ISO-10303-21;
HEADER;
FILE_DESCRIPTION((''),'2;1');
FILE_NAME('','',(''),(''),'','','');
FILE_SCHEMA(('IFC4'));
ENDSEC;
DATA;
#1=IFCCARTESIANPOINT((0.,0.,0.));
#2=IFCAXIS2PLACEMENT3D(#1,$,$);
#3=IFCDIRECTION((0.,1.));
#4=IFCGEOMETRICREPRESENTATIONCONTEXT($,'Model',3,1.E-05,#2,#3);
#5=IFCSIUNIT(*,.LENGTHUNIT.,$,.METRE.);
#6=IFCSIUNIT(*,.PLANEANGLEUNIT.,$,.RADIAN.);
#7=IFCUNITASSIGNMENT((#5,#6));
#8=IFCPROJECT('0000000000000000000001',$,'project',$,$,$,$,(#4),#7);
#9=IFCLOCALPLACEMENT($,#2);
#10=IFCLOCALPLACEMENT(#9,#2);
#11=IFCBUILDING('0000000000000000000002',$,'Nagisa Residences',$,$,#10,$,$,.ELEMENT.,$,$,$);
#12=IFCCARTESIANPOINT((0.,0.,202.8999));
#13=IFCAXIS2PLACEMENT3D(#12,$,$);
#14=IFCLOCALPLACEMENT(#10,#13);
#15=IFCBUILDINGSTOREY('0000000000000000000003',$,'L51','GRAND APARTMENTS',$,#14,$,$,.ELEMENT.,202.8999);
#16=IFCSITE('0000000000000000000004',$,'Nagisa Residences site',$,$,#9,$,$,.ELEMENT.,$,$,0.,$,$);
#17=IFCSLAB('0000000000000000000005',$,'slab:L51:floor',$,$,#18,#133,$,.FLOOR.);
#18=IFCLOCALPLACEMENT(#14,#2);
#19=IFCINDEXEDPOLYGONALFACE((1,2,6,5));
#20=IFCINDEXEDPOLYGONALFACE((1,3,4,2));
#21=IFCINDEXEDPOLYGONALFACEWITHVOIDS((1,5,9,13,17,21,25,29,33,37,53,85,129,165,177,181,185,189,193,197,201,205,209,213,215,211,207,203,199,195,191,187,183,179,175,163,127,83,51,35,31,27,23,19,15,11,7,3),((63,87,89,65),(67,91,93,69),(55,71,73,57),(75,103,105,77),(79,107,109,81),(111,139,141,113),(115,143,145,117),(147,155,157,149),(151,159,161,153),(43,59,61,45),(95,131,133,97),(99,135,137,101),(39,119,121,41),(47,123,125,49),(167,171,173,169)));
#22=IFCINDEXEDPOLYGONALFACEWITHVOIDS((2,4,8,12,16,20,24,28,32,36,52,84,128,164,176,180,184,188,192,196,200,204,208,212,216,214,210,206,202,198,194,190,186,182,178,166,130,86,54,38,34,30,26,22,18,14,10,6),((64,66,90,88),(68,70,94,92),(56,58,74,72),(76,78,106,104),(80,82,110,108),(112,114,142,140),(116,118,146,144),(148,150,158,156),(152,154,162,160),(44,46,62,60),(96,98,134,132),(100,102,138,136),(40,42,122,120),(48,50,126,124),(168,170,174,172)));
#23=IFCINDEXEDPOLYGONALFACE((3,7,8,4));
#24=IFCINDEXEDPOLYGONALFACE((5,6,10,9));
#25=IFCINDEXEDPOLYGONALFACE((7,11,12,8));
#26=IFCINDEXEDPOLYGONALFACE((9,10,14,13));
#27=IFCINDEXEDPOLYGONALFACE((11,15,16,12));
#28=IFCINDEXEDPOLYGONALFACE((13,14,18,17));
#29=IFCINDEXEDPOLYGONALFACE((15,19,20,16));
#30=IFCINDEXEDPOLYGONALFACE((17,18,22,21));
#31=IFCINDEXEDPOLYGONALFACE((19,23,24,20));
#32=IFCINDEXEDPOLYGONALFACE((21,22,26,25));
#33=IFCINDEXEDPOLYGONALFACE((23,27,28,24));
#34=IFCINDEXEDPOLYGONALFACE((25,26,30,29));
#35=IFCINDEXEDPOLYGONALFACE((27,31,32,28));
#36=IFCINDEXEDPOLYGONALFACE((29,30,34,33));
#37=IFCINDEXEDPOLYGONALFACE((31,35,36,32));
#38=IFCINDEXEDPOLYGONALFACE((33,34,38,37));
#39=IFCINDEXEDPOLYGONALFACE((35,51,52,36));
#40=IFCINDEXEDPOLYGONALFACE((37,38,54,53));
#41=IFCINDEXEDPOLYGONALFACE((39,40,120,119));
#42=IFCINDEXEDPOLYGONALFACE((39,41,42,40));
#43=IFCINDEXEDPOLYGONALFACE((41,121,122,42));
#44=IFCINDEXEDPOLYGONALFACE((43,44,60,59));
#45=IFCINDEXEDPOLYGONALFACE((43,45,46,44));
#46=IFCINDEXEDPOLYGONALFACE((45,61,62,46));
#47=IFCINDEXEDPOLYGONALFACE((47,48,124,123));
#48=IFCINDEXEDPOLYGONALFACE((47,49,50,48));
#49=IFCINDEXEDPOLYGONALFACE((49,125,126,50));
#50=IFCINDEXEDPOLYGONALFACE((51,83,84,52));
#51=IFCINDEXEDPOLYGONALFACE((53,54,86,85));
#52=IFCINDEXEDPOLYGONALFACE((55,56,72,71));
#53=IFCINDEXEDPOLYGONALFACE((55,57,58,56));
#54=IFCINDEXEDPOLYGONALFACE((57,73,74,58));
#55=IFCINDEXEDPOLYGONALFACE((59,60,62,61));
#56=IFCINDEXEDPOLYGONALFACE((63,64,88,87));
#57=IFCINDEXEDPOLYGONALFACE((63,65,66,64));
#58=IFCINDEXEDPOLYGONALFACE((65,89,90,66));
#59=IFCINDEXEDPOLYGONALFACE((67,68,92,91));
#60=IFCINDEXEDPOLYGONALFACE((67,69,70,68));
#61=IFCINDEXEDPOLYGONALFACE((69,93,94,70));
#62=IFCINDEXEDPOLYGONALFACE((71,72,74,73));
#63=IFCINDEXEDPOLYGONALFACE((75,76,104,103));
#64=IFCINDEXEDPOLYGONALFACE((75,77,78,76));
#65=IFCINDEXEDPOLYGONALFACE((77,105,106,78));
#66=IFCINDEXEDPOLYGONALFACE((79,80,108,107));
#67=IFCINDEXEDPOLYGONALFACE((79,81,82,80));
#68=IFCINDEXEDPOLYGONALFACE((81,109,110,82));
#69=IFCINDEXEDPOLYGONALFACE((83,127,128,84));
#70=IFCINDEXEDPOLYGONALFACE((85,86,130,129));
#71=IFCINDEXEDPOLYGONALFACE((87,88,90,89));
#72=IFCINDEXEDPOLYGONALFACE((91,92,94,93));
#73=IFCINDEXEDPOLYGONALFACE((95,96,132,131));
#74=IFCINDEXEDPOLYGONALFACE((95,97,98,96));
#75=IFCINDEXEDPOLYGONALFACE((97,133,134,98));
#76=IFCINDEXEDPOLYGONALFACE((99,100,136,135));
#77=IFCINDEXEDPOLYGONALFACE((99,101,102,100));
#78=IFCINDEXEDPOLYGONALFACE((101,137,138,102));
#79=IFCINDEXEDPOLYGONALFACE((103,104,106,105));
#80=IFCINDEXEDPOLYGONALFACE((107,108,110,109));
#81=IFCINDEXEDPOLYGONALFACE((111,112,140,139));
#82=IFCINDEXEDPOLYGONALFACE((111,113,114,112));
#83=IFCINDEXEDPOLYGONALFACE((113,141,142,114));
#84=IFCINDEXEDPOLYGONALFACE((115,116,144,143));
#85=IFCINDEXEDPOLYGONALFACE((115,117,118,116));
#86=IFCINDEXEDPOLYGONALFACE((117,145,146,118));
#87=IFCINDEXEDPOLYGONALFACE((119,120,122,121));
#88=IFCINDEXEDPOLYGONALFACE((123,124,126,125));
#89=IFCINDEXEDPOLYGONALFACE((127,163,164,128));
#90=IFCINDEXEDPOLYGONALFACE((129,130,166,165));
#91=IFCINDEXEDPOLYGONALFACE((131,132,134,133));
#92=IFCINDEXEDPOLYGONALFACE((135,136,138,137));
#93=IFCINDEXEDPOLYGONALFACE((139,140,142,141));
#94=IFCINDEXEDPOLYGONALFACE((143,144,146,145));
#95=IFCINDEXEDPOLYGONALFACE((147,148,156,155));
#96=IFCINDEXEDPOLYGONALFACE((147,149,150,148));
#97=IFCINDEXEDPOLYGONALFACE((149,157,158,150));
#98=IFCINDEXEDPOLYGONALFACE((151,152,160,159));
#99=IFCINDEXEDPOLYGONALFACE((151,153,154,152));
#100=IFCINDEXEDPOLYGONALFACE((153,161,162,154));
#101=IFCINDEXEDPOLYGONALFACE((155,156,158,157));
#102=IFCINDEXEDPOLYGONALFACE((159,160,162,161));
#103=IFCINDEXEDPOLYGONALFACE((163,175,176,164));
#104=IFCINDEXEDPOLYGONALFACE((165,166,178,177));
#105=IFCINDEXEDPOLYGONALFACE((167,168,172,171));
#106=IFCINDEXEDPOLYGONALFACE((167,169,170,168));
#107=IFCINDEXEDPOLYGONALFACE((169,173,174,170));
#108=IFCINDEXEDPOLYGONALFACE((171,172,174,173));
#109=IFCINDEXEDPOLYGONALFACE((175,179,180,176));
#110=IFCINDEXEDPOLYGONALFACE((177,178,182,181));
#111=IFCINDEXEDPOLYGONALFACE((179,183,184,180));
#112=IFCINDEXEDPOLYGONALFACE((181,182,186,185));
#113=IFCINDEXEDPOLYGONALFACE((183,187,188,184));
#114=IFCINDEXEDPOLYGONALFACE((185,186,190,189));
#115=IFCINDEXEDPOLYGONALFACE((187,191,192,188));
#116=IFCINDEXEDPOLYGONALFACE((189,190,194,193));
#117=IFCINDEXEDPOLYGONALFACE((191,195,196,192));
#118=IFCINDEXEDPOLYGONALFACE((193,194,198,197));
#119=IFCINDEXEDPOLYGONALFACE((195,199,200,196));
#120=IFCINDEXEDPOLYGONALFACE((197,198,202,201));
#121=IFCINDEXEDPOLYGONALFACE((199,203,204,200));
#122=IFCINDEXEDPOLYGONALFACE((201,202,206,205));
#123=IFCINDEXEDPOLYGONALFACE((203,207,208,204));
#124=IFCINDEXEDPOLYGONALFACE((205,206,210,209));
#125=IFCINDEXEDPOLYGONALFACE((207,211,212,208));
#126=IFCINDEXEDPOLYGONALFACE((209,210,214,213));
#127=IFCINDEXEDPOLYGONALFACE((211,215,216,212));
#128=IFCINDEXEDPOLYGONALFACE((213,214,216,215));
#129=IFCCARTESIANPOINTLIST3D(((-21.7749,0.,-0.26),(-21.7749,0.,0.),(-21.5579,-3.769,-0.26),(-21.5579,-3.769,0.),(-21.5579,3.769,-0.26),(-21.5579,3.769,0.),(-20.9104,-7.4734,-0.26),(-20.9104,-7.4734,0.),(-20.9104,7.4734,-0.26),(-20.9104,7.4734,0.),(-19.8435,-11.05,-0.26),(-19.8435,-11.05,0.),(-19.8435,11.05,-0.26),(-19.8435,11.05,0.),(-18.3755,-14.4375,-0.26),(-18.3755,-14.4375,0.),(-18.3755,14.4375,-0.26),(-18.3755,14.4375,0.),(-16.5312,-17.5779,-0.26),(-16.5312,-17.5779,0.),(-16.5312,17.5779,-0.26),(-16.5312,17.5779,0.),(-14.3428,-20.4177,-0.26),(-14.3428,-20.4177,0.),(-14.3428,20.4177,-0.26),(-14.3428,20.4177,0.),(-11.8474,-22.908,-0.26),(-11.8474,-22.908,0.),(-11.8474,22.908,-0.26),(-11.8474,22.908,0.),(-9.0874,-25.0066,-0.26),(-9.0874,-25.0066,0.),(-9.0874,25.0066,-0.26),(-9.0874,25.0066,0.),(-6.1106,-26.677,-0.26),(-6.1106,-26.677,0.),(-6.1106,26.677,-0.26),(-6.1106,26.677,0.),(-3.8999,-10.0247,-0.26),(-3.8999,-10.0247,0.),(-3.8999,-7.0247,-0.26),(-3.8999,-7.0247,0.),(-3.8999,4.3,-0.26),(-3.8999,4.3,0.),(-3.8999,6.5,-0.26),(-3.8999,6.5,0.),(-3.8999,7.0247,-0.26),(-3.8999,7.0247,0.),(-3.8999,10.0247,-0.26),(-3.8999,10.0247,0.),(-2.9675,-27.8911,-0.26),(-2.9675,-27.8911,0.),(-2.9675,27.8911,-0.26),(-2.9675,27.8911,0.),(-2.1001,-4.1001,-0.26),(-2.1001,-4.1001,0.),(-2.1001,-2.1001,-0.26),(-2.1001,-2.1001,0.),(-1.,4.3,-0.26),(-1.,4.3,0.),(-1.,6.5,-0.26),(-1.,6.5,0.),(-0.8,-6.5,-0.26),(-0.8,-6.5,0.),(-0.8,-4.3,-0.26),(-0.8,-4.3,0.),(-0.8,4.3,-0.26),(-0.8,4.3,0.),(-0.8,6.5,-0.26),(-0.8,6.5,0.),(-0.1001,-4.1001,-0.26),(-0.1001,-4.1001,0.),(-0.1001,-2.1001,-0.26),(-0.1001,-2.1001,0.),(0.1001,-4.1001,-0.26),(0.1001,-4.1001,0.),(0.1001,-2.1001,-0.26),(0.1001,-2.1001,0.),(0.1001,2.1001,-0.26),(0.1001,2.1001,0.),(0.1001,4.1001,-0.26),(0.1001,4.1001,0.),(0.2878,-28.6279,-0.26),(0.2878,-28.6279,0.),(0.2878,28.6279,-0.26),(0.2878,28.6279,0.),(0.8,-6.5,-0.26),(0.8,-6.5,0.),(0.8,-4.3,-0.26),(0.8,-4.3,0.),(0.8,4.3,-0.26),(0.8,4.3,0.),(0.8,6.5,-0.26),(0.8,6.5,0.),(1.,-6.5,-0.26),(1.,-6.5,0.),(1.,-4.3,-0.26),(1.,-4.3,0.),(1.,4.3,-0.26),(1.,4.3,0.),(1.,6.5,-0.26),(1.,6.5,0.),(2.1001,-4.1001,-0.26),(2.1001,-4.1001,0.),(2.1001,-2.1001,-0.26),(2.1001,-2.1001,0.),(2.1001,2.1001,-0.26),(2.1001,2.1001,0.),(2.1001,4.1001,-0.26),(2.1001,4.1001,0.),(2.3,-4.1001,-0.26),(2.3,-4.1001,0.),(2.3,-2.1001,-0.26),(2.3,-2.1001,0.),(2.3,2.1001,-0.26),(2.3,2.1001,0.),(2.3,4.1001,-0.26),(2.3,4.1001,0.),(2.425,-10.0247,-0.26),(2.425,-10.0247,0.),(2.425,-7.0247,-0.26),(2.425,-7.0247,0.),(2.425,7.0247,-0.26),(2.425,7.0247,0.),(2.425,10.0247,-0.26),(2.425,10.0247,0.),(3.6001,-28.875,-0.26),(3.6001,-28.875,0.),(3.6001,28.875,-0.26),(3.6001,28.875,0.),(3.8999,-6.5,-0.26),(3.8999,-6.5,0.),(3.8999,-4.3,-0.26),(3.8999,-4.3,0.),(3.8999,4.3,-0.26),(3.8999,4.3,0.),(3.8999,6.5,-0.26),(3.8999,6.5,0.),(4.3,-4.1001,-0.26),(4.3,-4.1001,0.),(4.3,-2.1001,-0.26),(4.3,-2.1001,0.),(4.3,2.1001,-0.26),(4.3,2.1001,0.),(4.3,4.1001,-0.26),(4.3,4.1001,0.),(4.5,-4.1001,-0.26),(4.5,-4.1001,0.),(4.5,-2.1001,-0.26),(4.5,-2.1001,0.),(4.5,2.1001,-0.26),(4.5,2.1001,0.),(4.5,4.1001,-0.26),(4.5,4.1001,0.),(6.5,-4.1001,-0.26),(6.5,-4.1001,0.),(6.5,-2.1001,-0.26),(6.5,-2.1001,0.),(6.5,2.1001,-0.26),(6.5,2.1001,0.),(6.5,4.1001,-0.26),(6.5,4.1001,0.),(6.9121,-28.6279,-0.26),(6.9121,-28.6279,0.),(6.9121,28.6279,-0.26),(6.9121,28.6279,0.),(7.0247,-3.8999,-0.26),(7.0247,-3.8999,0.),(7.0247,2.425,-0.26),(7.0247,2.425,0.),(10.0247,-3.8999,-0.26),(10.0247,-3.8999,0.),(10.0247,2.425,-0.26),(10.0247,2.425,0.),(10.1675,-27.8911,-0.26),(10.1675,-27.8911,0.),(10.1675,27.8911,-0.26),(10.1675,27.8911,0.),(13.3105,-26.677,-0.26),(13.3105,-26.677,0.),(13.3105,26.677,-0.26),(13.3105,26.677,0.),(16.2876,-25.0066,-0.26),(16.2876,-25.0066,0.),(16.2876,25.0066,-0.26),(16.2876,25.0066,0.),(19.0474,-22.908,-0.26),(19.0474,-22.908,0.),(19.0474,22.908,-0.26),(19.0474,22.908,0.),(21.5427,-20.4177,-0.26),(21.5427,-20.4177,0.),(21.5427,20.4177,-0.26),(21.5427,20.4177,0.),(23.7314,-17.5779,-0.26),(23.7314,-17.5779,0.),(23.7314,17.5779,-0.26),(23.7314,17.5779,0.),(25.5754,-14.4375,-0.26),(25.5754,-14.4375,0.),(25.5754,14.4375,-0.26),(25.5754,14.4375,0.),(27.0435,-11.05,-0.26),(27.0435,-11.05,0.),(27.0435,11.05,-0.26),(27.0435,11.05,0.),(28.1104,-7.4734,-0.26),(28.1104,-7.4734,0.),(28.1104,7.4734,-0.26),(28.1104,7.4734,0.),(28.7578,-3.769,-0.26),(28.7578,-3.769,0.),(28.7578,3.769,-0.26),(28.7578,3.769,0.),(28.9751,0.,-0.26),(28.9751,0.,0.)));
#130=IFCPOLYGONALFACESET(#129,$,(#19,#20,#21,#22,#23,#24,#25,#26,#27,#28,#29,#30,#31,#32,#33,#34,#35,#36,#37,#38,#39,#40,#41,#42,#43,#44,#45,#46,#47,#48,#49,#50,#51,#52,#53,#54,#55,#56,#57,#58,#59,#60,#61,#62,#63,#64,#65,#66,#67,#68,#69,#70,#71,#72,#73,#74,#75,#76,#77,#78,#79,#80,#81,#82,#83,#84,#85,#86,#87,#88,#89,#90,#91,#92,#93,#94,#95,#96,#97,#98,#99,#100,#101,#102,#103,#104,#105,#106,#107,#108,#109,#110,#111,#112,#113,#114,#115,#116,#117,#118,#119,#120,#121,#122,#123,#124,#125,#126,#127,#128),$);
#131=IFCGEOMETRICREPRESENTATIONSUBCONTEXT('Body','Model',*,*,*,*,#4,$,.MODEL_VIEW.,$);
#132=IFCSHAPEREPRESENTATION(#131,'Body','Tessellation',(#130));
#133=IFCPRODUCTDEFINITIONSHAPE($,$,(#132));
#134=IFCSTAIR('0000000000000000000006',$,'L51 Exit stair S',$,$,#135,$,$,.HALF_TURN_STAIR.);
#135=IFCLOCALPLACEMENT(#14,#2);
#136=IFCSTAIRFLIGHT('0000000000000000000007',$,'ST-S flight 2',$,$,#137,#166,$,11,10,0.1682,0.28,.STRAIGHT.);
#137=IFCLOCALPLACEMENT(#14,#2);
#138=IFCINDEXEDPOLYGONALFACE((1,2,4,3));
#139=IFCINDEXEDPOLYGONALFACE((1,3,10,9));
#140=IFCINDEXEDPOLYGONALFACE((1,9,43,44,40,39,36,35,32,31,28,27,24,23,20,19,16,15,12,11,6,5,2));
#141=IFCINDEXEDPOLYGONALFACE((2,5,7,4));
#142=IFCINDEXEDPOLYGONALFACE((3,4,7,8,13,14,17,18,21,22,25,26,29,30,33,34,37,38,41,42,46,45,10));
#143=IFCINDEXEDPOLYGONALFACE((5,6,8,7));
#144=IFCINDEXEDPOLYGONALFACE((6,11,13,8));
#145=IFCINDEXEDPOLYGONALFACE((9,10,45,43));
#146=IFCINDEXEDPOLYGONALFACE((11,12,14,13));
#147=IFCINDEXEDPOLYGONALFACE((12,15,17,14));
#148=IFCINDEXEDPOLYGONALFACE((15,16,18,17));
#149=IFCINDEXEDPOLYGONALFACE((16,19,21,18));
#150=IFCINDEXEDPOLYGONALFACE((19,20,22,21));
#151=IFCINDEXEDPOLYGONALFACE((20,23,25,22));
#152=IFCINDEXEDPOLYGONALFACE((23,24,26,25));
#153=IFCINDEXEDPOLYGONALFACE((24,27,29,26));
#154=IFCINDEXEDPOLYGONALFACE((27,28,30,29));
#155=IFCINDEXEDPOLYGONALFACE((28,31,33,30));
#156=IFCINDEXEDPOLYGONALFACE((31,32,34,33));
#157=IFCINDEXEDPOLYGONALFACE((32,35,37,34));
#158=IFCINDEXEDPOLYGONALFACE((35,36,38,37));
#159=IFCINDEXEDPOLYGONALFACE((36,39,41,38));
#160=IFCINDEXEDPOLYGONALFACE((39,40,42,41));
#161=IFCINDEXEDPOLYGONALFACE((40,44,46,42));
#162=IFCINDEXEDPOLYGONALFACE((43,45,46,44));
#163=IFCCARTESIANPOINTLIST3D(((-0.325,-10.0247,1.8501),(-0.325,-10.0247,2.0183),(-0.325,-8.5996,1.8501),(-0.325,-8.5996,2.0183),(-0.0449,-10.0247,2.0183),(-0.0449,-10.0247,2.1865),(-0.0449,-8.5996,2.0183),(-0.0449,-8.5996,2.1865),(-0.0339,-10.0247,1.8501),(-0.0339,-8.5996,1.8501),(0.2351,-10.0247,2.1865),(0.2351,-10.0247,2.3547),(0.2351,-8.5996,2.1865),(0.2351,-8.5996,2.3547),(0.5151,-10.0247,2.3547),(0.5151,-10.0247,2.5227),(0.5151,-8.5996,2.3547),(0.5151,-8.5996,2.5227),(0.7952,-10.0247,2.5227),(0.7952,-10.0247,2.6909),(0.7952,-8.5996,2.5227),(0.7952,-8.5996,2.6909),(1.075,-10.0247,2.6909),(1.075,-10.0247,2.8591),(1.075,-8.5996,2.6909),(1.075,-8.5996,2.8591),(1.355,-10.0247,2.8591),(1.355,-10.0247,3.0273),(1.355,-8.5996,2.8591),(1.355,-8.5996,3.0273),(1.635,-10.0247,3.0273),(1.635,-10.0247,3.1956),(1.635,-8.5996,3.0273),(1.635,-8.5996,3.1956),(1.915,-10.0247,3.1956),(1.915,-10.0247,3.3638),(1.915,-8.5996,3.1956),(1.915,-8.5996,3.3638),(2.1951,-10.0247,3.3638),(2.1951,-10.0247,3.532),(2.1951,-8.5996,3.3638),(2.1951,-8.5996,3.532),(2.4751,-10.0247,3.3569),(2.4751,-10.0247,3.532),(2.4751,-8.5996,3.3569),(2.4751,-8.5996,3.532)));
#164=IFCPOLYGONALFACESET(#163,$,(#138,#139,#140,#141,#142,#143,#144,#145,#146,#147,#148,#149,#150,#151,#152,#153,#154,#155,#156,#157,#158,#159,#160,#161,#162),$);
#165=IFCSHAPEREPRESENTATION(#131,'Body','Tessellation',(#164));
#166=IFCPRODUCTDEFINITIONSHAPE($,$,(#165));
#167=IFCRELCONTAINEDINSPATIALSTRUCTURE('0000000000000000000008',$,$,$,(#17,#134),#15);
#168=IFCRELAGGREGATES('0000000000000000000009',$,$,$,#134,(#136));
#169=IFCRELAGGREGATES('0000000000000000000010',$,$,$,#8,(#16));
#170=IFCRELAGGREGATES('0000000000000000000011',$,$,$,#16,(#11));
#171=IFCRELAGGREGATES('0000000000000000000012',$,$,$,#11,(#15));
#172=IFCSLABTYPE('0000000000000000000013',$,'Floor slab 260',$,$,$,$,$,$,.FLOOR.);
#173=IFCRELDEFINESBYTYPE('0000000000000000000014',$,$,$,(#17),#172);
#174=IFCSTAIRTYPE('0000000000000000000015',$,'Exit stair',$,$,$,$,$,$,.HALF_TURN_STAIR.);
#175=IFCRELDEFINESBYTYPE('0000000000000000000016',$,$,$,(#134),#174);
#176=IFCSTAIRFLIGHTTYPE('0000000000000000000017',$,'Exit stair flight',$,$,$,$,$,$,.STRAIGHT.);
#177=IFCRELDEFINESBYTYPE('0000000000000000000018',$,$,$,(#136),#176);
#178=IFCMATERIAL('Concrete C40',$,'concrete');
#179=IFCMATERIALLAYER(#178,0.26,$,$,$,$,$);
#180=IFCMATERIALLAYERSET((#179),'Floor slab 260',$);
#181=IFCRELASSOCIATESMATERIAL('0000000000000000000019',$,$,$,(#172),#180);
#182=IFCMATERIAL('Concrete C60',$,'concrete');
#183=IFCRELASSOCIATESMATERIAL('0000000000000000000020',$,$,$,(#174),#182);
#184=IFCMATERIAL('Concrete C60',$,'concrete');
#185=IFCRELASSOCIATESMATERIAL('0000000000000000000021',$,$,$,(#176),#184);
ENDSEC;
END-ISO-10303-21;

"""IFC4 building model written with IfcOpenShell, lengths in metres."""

from ifc_helpers import new_model, si_unit, direction, frame, origin, place, context, subcontext, project, spatial, polyline, outline, extrude, material, layer, layer_set, type_object, element, aggregate, save


model = new_model("IFC4")

# Units and contexts
model_context = context("Model", 3, precision=1e-05, world=origin(), true_north=direction((0.0, 1.0)))
body_context = subcontext(model_context, "Body", "Model", "MODEL_VIEW")
ifc_project = project(units=[si_unit("LENGTHUNIT", "METRE"), si_unit("PLANEANGLEUNIT", "RADIAN")], contexts=[model_context])

# Site, building, storey
site_placement = place(None, origin())
site = spatial("IfcSite", under=ifc_project, at=site_placement, Name="Nagisa Residences site", CompositionType="ELEMENT", RefElevation=0.0)
building_placement = place(site_placement, origin())
building = spatial("IfcBuilding", under=site, at=building_placement, Name="Nagisa Residences", CompositionType="ELEMENT")
storey_placement = place(building_placement, frame((0.0, 0.0, 202.8999)))
storey = spatial("IfcBuildingStorey", under=building, at=storey_placement, Name="L51", Description="GRAND APARTMENTS", CompositionType="ELEMENT", Elevation=202.8999)

# Slab
ifc_material_1 = material(Name="Concrete C40", Category="concrete")
ifc_layer_1 = layer(ifc_material_1, 0.26)
ifc_layer_set_1 = layer_set([ifc_layer_1], Name="Floor slab 260")
slab_type_1 = type_object("IfcSlabType", Name="Floor slab 260", PredefinedType="FLOOR", material=ifc_layer_set_1)
slab_1_placement = place(storey_placement, frame((0.0, 0.0, -0.26)))
element("IfcSlab", 1, at=slab_1_placement, inside=storey, type_object=slab_type_1, Name="slab:L51:floor", PredefinedType="FLOOR", context=body_context, shape_type="SweptSolid", body=[
    extrude(outline(polyline([(28.9751, 0.0), (28.7578, 3.769), (28.1104, 7.4734), (27.0435, 11.05), (25.5754, 14.4375), (23.7314, 17.5779), (21.5427, 20.4177), (19.0474, 22.908), (16.2876, 25.0066), (13.3105, 26.677), (10.1675, 27.8911), (6.9121, 28.6279), (3.6001, 28.875), (0.2878, 28.6279), (-2.9675, 27.8911), (-6.1106, 26.677), (-9.0874, 25.0066), (-11.8474, 22.908), (-14.3428, 20.4177), (-16.5312, 17.5779), (-18.3755, 14.4375), (-19.8435, 11.05), (-20.9104, 7.4734), (-21.5579, 3.769), (-21.7749, 0.0), (-21.5579, -3.769), (-20.9104, -7.4734), (-19.8435, -11.05), (-18.3755, -14.4375), (-16.5312, -17.5779), (-14.3428, -20.4177), (-11.8474, -22.908), (-9.0874, -25.0066), (-6.1106, -26.677), (-2.9675, -27.8911), (0.2878, -28.6279), (3.6001, -28.875), (6.9121, -28.6279), (10.1675, -27.8911), (13.3105, -26.677), (16.2876, -25.0066), (19.0474, -22.908), (21.5427, -20.4177), (23.7314, -17.5779), (25.5754, -14.4375), (27.0435, -11.05), (28.1104, -7.4734), (28.7578, -3.769), (28.9751, 0.0)]), holes=[polyline([(2.1001, 2.1001), (2.1001, 4.1001), (0.1001, 4.1001), (0.1001, 2.1001), (2.1001, 2.1001)]), polyline([(4.3, 2.1001), (4.3, 4.1001), (2.3, 4.1001), (2.3, 2.1001), (4.3, 2.1001)]), polyline([(6.5, 2.1001), (6.5, 4.1001), (4.5, 4.1001), (4.5, 2.1001), (6.5, 2.1001)]), polyline([(-0.1001, -4.1001), (-0.1001, -2.1001), (-2.1001, -2.1001), (-2.1001, -4.1001), (-0.1001, -4.1001)]), polyline([(2.1001, -4.1001), (2.1001, -2.1001), (0.1001, -2.1001), (0.1001, -4.1001), (2.1001, -4.1001)]), polyline([(4.3, -4.1001), (4.3, -2.1001), (2.3, -2.1001), (2.3, -4.1001), (4.3, -4.1001)]), polyline([(6.5, -4.1001), (6.5, -2.1001), (4.5, -2.1001), (4.5, -4.1001), (6.5, -4.1001)]), polyline([(3.8999, 4.3), (3.8999, 6.5), (1.0, 6.5), (1.0, 4.3), (3.8999, 4.3)]), polyline([(3.8999, -6.5), (3.8999, -4.3), (1.0, -4.3), (1.0, -6.5), (3.8999, -6.5)]), polyline([(-1.0, 4.3), (-1.0, 6.5), (-3.8999, 6.5), (-3.8999, 4.3), (-1.0, 4.3)]), polyline([(0.8, 4.3), (0.8, 6.5), (-0.8, 6.5), (-0.8, 4.3), (0.8, 4.3)]), polyline([(0.8, -6.5), (0.8, -4.3), (-0.8, -4.3), (-0.8, -6.5), (0.8, -6.5)]), polyline([(10.0247, -3.8999), (7.0247, -3.8999), (7.0247, 2.425), (10.0247, 2.425), (10.0247, -3.8999)]), polyline([(-3.8999, 7.0247), (-3.8999, 10.0247), (2.425, 10.0247), (2.425, 7.0247), (-3.8999, 7.0247)]), polyline([(-3.8999, -10.0247), (-3.8999, -7.0247), (2.425, -7.0247), (2.425, -10.0247), (-3.8999, -10.0247)])]), origin(), (0.0, 0.0, 1.0), 0.26),
])

# Stair, stair flight
ifc_material_2 = material(Name="Concrete C60", Category="concrete")
stair_type = type_object("IfcStairType", Name="Exit stair", PredefinedType="HALF_TURN_STAIR", material=ifc_material_2)
stair_placement = place(storey_placement, origin())
stair = element("IfcStair", 2, at=stair_placement, inside=storey, type_object=stair_type, Name="L51 Exit stair S", PredefinedType="HALF_TURN_STAIR")
ifc_material_3 = material(Name="Concrete C60", Category="concrete")
stair_flight_type = type_object("IfcStairFlightType", Name="Exit stair flight", PredefinedType="STRAIGHT", material=ifc_material_3)
stair_flight_placement = place(storey_placement, frame((-0.325, -9.312, 1.8501), z_axis=(0.0, 0.0, 1.0), x_axis=(1.0, 0.0, 0.0)))
stair_flight = element("IfcStairFlight", 3, at=stair_flight_placement, type_object=stair_flight_type, Name="ST-S flight 2", NumberOfRisers=11, NumberOfTreads=10, PredefinedType="STRAIGHT", RiserHeight=0.1682, TreadLength=0.28, context=body_context, shape_type="SweptSolid", body=[
    extrude(outline(polyline([(0.0, 0.0), (0.0, 0.1682), (0.28, 0.1682), (0.28, 0.3364), (0.5601, 0.3364), (0.5601, 0.5046), (0.8401, 0.5046), (0.8401, 0.6726), (1.1201, 0.6726), (1.1201, 0.8408), (1.3999, 0.8408), (1.3999, 1.009), (1.6799, 1.009), (1.6799, 1.1772), (1.96, 1.1772), (1.96, 1.3455), (2.24, 1.3455), (2.24, 1.5137), (2.52, 1.5137), (2.52, 1.6819), (2.8, 1.6819), (2.8, 1.8501), (2.8, 1.5068), (0.291, 0.0), (0.0, 0.0)])), frame((0.0, 0.7124, 0.0), z_axis=(0.0, -1.0, 0.0), x_axis=(1.0, 0.0, 0.0)), (0.0, 0.0, 1.0), 1.425),
])
aggregate(stair, [stair_flight])

save(model, "model.ifc")
